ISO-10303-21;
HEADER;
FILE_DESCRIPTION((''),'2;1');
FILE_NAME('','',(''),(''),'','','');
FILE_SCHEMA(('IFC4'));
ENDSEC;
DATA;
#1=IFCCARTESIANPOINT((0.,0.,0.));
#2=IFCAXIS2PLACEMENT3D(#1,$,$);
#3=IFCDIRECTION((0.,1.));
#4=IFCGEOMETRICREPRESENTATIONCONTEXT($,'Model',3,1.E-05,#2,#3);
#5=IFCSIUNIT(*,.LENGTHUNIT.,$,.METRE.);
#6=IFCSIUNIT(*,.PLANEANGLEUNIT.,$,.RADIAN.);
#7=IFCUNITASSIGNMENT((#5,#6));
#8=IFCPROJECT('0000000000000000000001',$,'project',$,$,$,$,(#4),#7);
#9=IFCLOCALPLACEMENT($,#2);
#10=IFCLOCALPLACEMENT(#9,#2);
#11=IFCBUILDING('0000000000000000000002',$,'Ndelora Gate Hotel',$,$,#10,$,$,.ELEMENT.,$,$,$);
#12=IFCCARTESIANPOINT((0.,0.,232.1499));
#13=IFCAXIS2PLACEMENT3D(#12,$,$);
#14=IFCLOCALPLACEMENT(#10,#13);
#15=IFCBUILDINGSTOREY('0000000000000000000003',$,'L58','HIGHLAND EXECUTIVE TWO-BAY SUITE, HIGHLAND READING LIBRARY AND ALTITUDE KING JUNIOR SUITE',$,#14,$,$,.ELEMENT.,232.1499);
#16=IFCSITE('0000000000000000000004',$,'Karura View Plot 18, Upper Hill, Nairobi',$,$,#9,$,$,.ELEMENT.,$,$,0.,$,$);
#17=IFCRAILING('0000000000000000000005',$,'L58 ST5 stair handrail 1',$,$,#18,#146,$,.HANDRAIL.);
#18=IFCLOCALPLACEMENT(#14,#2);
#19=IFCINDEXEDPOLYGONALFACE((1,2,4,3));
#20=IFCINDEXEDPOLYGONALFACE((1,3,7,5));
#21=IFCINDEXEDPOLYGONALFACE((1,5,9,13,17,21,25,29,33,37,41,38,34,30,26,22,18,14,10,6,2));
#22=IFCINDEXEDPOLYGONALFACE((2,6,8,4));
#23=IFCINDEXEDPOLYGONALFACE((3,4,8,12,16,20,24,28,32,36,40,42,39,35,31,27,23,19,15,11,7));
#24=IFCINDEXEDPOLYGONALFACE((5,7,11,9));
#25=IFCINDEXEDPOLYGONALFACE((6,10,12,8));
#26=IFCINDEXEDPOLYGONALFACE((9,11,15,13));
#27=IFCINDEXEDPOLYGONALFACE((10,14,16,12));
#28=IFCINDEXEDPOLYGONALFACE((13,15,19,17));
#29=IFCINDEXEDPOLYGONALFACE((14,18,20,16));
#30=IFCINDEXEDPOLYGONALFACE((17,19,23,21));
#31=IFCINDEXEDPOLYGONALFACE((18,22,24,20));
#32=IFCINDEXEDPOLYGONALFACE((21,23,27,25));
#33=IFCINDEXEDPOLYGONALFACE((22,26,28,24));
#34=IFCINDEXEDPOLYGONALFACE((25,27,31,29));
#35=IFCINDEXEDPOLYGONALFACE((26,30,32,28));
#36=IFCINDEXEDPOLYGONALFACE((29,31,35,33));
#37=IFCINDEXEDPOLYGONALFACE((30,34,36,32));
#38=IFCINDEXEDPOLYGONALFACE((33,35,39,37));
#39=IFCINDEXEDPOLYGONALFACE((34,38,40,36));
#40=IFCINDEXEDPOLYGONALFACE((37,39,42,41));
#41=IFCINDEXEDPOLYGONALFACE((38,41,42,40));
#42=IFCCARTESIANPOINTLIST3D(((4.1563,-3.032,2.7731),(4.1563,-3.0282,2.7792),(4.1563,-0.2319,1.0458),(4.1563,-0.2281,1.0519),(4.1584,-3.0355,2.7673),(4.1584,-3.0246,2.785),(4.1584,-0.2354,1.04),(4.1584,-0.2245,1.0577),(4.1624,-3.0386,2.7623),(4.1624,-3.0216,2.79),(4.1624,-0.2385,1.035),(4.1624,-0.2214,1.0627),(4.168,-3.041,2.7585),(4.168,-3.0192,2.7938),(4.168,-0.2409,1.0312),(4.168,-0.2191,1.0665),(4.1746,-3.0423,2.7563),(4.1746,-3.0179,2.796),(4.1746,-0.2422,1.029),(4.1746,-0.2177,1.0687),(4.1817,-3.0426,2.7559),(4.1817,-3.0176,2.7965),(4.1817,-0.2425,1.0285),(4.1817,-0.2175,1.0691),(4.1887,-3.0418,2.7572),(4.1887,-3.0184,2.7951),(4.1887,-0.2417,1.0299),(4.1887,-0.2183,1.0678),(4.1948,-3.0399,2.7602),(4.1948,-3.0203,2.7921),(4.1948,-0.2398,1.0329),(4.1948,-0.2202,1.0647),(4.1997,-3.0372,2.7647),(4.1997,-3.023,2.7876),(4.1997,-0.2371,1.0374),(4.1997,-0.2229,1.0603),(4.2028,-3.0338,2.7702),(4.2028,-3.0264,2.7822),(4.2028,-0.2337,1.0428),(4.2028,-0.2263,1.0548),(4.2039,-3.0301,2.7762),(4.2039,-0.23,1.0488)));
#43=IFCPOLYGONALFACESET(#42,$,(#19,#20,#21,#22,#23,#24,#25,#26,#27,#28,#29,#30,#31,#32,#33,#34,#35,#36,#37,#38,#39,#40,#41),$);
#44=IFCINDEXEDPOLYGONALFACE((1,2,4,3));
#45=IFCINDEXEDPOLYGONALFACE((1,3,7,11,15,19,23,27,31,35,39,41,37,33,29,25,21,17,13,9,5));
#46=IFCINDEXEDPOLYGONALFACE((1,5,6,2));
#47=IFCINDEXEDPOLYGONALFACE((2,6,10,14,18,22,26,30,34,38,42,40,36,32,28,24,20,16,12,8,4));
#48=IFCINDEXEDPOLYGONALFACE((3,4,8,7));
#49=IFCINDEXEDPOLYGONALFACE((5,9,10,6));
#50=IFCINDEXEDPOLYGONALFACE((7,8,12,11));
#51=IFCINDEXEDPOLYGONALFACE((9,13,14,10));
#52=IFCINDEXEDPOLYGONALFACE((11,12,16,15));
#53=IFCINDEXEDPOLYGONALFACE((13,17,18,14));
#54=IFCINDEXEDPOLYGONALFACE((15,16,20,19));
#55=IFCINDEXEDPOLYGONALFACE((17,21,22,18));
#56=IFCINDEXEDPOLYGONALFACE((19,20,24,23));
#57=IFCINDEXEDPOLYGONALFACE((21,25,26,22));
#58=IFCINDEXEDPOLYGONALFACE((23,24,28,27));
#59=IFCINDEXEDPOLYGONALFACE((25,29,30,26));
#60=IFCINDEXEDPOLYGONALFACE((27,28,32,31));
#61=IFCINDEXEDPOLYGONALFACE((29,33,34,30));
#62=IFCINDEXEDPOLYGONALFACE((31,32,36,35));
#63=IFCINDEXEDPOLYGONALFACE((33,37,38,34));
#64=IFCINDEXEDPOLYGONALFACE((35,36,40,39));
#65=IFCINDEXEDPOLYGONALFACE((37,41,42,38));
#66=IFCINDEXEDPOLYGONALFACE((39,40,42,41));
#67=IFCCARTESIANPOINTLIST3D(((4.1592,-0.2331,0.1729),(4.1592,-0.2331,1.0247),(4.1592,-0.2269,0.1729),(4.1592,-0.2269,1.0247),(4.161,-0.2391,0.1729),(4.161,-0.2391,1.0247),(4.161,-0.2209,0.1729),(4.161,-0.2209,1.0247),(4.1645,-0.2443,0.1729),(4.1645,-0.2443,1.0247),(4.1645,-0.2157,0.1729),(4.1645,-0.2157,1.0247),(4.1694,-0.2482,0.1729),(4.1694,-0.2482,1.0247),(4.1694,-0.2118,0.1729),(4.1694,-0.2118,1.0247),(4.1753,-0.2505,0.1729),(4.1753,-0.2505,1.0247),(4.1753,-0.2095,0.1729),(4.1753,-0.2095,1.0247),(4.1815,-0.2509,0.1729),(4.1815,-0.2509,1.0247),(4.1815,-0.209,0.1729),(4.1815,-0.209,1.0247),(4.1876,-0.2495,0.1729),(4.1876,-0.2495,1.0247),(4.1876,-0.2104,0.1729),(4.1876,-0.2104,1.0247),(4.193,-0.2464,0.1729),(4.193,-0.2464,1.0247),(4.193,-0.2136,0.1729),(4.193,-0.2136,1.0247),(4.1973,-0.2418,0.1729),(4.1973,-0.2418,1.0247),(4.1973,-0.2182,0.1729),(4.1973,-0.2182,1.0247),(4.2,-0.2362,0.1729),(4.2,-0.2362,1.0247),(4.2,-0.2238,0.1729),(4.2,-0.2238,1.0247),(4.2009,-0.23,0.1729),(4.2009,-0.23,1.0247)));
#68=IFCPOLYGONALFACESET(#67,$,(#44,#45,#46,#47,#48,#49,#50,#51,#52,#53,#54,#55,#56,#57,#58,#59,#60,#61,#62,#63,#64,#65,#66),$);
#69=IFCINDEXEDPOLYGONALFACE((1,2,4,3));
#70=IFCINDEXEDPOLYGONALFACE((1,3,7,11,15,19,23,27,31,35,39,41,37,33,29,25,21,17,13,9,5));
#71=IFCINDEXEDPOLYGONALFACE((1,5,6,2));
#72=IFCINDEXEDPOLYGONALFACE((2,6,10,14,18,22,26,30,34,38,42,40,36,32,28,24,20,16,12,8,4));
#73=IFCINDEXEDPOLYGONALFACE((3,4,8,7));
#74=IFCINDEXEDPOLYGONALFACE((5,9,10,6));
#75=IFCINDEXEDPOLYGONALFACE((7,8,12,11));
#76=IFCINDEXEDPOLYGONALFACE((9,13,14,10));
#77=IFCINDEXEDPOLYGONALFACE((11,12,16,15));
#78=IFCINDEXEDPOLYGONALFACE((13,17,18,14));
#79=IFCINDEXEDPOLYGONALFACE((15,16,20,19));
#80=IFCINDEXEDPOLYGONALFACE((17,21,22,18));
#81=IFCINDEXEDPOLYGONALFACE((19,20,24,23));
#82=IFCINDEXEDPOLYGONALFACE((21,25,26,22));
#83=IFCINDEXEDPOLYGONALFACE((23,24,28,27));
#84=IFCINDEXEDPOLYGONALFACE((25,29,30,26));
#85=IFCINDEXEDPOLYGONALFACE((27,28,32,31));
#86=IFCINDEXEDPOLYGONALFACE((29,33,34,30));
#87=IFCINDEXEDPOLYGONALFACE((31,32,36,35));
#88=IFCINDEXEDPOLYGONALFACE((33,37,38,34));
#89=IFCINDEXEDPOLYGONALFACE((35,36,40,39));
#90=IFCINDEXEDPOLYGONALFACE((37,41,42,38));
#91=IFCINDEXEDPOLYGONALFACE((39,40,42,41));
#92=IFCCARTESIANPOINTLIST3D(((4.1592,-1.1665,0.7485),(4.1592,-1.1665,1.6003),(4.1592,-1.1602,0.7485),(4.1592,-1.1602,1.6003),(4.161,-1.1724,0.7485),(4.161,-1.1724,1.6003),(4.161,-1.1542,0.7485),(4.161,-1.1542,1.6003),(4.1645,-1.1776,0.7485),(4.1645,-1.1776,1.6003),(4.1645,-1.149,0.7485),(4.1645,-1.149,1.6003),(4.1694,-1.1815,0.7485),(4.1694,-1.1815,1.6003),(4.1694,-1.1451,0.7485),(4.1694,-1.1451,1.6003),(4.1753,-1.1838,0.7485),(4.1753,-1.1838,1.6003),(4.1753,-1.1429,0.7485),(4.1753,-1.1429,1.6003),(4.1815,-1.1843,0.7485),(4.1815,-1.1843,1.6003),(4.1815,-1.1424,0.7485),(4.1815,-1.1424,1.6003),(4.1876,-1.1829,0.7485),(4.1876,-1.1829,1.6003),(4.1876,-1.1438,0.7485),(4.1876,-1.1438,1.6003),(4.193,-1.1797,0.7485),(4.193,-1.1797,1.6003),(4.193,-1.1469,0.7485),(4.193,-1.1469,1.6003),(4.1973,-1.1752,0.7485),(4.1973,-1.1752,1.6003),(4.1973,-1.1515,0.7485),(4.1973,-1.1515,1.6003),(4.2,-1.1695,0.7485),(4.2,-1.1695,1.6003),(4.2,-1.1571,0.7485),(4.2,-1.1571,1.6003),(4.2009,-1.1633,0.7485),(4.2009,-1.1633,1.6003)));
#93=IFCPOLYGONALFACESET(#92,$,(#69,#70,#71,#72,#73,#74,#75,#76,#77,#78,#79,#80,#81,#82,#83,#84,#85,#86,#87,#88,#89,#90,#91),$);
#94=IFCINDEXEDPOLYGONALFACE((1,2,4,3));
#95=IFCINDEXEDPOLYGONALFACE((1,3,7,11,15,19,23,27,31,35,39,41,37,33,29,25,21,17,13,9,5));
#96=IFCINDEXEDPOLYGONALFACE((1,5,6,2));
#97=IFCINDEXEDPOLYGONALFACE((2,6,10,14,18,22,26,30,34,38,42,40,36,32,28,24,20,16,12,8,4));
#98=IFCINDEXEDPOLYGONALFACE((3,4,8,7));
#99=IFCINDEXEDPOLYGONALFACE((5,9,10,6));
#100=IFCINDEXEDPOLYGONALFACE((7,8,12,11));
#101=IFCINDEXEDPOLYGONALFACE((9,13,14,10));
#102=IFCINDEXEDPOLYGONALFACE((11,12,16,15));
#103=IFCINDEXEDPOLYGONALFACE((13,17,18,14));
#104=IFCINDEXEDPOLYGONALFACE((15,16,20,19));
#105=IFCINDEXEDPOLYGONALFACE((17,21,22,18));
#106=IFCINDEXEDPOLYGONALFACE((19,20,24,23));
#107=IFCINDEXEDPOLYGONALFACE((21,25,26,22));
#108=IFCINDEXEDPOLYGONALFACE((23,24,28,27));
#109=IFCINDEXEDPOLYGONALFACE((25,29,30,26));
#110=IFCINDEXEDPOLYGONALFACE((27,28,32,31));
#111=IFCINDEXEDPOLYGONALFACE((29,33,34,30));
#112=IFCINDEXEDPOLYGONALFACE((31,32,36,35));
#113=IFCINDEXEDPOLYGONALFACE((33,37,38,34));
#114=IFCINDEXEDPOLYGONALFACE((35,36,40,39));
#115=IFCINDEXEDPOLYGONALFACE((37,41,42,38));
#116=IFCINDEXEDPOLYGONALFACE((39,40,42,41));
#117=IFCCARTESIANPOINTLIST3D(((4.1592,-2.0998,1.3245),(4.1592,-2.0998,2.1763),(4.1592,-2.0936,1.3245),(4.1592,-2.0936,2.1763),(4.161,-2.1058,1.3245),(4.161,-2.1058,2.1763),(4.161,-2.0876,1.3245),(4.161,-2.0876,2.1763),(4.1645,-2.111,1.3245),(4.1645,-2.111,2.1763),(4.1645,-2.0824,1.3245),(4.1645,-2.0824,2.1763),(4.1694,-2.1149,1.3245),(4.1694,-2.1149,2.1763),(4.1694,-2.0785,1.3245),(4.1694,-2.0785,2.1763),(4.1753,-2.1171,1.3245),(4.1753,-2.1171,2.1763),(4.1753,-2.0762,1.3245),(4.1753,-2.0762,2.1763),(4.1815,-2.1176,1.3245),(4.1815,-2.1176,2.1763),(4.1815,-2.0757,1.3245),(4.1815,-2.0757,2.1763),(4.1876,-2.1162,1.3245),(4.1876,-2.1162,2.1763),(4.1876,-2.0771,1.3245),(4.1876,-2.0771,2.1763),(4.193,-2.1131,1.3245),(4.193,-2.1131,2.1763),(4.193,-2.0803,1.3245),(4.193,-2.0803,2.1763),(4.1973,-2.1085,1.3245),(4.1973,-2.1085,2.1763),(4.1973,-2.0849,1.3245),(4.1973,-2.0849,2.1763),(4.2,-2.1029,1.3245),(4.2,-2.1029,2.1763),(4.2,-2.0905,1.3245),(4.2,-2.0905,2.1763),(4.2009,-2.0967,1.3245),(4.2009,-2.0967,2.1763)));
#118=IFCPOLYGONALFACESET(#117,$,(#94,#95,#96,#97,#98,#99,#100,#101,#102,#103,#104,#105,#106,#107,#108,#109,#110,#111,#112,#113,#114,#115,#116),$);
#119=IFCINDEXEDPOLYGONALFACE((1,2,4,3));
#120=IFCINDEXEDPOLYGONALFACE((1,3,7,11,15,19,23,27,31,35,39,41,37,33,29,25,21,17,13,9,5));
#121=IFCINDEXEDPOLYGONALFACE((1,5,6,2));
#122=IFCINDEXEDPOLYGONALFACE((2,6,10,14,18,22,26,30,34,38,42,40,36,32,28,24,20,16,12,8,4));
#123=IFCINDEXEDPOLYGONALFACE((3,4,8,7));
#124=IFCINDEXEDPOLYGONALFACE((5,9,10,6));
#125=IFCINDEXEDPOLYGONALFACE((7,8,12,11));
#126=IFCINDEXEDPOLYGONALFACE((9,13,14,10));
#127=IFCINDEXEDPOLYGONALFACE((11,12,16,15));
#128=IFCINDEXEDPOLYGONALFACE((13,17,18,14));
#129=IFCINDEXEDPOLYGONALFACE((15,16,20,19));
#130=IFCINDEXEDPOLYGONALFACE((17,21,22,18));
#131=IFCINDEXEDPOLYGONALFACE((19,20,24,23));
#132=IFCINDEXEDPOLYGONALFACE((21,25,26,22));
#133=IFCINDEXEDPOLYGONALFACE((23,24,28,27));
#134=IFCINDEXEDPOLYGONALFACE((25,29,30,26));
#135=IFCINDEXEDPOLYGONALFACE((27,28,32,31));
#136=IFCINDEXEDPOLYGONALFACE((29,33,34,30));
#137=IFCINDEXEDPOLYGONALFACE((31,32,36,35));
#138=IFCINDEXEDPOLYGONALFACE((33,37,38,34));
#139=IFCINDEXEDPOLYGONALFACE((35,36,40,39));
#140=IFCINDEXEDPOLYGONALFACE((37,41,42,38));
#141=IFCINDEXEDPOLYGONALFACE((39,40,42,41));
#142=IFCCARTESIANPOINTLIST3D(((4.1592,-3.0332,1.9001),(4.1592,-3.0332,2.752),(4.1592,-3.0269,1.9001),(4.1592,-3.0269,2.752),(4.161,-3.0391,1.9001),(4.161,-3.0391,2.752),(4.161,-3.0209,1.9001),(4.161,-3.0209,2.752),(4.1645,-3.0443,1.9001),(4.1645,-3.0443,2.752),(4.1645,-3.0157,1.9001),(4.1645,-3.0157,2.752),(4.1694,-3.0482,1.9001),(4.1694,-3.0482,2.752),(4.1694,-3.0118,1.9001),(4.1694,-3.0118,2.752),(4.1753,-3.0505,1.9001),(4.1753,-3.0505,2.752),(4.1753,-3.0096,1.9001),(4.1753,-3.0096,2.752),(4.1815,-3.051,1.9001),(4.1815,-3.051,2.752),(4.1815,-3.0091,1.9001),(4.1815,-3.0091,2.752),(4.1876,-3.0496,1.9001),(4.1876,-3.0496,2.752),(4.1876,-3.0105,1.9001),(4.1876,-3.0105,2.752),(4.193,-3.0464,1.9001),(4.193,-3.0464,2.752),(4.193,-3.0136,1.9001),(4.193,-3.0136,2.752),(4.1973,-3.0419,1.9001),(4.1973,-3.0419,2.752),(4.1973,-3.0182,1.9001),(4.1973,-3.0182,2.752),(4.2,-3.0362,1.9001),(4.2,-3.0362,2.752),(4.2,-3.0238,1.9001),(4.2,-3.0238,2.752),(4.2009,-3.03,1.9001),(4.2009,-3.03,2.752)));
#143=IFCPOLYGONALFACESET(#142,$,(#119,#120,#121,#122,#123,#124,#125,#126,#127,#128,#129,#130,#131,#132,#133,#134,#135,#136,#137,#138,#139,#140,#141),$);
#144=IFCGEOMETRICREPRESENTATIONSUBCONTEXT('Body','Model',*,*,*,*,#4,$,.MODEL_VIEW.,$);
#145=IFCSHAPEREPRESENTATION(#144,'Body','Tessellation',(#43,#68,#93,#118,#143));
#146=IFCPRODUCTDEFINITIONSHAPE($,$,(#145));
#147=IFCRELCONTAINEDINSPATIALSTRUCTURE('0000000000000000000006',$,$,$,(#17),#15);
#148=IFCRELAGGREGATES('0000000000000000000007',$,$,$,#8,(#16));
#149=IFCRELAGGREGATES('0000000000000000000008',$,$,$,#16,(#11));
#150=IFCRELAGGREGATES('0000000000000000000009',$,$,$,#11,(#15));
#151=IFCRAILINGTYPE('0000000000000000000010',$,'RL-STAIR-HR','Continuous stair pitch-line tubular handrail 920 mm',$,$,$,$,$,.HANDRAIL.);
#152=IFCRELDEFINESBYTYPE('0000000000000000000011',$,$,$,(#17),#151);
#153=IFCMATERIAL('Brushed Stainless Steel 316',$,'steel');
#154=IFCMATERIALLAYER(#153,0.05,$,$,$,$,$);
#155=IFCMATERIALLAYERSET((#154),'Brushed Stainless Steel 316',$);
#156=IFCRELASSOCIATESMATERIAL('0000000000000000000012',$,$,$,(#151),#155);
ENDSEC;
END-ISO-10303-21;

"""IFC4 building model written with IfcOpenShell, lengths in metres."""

from ifc_helpers import new_model, si_unit, direction, frame, origin, origin_2d, place, context, subcontext, project, spatial, circle, extrude, material, layer, layer_set, type_object, element, save


model = new_model("IFC4")

# Units and contexts
model_context = context("Model", 3, precision=1e-05, world=origin(), true_north=direction((0.0, 1.0)))
body_context = subcontext(model_context, "Body", "Model", "MODEL_VIEW")
ifc_project = project(units=[si_unit("LENGTHUNIT", "METRE"), si_unit("PLANEANGLEUNIT", "RADIAN")], contexts=[model_context])

# Site, building, storey
site_placement = place(None, origin())
site = spatial("IfcSite", under=ifc_project, at=site_placement, Name="Karura View Plot 18, Upper Hill, Nairobi", CompositionType="ELEMENT", RefElevation=0.0)
building_placement = place(site_placement, origin())
building = spatial("IfcBuilding", under=site, at=building_placement, Name="Ndelora Gate Hotel", CompositionType="ELEMENT")
storey_placement = place(building_placement, frame((0.0, 0.0, 232.1499)))
storey = spatial("IfcBuildingStorey", under=building, at=storey_placement, Name="L58", Description="HIGHLAND EXECUTIVE TWO-BAY SUITE, HIGHLAND READING LIBRARY AND ALTITUDE KING JUNIOR SUITE", CompositionType="ELEMENT", Elevation=232.1499)

# Railing
ifc_material_1 = material(Name="Brushed Stainless Steel 316", Category="steel")
ifc_layer_1 = layer(ifc_material_1, 0.05)
ifc_layer_set_1 = layer_set([ifc_layer_1], Name="Brushed Stainless Steel 316")
railing_type_1 = type_object("IfcRailingType", Name="RL-STAIR-HR", Description="Continuous stair pitch-line tubular handrail 920 mm", PredefinedType="HANDRAIL", material=ifc_layer_set_1)
railing_1_placement = place(storey_placement, frame((4.1799, -0.23, 0.1729)))
element("IfcRailing", 1, at=railing_1_placement, inside=storey, type_object=railing_type_1, Name="L58 ST5 stair handrail 1", PredefinedType="HANDRAIL", context=body_context, shape_type="SweptSolid", body=[
    extrude(circle(Radius=0.0239, at=origin_2d()), frame((0.0, 0.0, 0.876), z_axis=(0.0, -0.85109, 0.52502), x_axis=(1.0, 0.0, 0.0)), (0.0, 0.0, 1.0), 3.29),
    extrude(circle(Radius=0.021, at=origin_2d()), origin(), (0.0, 0.0, 1.0), 0.8518),
    extrude(circle(Radius=0.021, at=origin_2d()), frame((0.0, -0.9333, 0.5757)), (0.0, 0.0, 1.0), 0.8518),
    extrude(circle(Radius=0.021, at=origin_2d()), frame((0.0, -1.8667, 1.1516)), (0.0, 0.0, 1.0), 0.8518),
    extrude(circle(Radius=0.021, at=origin_2d()), frame((0.0, -2.8, 1.7273)), (0.0, 0.0, 1.0), 0.8518),
])

save(model, "model.ifc")
